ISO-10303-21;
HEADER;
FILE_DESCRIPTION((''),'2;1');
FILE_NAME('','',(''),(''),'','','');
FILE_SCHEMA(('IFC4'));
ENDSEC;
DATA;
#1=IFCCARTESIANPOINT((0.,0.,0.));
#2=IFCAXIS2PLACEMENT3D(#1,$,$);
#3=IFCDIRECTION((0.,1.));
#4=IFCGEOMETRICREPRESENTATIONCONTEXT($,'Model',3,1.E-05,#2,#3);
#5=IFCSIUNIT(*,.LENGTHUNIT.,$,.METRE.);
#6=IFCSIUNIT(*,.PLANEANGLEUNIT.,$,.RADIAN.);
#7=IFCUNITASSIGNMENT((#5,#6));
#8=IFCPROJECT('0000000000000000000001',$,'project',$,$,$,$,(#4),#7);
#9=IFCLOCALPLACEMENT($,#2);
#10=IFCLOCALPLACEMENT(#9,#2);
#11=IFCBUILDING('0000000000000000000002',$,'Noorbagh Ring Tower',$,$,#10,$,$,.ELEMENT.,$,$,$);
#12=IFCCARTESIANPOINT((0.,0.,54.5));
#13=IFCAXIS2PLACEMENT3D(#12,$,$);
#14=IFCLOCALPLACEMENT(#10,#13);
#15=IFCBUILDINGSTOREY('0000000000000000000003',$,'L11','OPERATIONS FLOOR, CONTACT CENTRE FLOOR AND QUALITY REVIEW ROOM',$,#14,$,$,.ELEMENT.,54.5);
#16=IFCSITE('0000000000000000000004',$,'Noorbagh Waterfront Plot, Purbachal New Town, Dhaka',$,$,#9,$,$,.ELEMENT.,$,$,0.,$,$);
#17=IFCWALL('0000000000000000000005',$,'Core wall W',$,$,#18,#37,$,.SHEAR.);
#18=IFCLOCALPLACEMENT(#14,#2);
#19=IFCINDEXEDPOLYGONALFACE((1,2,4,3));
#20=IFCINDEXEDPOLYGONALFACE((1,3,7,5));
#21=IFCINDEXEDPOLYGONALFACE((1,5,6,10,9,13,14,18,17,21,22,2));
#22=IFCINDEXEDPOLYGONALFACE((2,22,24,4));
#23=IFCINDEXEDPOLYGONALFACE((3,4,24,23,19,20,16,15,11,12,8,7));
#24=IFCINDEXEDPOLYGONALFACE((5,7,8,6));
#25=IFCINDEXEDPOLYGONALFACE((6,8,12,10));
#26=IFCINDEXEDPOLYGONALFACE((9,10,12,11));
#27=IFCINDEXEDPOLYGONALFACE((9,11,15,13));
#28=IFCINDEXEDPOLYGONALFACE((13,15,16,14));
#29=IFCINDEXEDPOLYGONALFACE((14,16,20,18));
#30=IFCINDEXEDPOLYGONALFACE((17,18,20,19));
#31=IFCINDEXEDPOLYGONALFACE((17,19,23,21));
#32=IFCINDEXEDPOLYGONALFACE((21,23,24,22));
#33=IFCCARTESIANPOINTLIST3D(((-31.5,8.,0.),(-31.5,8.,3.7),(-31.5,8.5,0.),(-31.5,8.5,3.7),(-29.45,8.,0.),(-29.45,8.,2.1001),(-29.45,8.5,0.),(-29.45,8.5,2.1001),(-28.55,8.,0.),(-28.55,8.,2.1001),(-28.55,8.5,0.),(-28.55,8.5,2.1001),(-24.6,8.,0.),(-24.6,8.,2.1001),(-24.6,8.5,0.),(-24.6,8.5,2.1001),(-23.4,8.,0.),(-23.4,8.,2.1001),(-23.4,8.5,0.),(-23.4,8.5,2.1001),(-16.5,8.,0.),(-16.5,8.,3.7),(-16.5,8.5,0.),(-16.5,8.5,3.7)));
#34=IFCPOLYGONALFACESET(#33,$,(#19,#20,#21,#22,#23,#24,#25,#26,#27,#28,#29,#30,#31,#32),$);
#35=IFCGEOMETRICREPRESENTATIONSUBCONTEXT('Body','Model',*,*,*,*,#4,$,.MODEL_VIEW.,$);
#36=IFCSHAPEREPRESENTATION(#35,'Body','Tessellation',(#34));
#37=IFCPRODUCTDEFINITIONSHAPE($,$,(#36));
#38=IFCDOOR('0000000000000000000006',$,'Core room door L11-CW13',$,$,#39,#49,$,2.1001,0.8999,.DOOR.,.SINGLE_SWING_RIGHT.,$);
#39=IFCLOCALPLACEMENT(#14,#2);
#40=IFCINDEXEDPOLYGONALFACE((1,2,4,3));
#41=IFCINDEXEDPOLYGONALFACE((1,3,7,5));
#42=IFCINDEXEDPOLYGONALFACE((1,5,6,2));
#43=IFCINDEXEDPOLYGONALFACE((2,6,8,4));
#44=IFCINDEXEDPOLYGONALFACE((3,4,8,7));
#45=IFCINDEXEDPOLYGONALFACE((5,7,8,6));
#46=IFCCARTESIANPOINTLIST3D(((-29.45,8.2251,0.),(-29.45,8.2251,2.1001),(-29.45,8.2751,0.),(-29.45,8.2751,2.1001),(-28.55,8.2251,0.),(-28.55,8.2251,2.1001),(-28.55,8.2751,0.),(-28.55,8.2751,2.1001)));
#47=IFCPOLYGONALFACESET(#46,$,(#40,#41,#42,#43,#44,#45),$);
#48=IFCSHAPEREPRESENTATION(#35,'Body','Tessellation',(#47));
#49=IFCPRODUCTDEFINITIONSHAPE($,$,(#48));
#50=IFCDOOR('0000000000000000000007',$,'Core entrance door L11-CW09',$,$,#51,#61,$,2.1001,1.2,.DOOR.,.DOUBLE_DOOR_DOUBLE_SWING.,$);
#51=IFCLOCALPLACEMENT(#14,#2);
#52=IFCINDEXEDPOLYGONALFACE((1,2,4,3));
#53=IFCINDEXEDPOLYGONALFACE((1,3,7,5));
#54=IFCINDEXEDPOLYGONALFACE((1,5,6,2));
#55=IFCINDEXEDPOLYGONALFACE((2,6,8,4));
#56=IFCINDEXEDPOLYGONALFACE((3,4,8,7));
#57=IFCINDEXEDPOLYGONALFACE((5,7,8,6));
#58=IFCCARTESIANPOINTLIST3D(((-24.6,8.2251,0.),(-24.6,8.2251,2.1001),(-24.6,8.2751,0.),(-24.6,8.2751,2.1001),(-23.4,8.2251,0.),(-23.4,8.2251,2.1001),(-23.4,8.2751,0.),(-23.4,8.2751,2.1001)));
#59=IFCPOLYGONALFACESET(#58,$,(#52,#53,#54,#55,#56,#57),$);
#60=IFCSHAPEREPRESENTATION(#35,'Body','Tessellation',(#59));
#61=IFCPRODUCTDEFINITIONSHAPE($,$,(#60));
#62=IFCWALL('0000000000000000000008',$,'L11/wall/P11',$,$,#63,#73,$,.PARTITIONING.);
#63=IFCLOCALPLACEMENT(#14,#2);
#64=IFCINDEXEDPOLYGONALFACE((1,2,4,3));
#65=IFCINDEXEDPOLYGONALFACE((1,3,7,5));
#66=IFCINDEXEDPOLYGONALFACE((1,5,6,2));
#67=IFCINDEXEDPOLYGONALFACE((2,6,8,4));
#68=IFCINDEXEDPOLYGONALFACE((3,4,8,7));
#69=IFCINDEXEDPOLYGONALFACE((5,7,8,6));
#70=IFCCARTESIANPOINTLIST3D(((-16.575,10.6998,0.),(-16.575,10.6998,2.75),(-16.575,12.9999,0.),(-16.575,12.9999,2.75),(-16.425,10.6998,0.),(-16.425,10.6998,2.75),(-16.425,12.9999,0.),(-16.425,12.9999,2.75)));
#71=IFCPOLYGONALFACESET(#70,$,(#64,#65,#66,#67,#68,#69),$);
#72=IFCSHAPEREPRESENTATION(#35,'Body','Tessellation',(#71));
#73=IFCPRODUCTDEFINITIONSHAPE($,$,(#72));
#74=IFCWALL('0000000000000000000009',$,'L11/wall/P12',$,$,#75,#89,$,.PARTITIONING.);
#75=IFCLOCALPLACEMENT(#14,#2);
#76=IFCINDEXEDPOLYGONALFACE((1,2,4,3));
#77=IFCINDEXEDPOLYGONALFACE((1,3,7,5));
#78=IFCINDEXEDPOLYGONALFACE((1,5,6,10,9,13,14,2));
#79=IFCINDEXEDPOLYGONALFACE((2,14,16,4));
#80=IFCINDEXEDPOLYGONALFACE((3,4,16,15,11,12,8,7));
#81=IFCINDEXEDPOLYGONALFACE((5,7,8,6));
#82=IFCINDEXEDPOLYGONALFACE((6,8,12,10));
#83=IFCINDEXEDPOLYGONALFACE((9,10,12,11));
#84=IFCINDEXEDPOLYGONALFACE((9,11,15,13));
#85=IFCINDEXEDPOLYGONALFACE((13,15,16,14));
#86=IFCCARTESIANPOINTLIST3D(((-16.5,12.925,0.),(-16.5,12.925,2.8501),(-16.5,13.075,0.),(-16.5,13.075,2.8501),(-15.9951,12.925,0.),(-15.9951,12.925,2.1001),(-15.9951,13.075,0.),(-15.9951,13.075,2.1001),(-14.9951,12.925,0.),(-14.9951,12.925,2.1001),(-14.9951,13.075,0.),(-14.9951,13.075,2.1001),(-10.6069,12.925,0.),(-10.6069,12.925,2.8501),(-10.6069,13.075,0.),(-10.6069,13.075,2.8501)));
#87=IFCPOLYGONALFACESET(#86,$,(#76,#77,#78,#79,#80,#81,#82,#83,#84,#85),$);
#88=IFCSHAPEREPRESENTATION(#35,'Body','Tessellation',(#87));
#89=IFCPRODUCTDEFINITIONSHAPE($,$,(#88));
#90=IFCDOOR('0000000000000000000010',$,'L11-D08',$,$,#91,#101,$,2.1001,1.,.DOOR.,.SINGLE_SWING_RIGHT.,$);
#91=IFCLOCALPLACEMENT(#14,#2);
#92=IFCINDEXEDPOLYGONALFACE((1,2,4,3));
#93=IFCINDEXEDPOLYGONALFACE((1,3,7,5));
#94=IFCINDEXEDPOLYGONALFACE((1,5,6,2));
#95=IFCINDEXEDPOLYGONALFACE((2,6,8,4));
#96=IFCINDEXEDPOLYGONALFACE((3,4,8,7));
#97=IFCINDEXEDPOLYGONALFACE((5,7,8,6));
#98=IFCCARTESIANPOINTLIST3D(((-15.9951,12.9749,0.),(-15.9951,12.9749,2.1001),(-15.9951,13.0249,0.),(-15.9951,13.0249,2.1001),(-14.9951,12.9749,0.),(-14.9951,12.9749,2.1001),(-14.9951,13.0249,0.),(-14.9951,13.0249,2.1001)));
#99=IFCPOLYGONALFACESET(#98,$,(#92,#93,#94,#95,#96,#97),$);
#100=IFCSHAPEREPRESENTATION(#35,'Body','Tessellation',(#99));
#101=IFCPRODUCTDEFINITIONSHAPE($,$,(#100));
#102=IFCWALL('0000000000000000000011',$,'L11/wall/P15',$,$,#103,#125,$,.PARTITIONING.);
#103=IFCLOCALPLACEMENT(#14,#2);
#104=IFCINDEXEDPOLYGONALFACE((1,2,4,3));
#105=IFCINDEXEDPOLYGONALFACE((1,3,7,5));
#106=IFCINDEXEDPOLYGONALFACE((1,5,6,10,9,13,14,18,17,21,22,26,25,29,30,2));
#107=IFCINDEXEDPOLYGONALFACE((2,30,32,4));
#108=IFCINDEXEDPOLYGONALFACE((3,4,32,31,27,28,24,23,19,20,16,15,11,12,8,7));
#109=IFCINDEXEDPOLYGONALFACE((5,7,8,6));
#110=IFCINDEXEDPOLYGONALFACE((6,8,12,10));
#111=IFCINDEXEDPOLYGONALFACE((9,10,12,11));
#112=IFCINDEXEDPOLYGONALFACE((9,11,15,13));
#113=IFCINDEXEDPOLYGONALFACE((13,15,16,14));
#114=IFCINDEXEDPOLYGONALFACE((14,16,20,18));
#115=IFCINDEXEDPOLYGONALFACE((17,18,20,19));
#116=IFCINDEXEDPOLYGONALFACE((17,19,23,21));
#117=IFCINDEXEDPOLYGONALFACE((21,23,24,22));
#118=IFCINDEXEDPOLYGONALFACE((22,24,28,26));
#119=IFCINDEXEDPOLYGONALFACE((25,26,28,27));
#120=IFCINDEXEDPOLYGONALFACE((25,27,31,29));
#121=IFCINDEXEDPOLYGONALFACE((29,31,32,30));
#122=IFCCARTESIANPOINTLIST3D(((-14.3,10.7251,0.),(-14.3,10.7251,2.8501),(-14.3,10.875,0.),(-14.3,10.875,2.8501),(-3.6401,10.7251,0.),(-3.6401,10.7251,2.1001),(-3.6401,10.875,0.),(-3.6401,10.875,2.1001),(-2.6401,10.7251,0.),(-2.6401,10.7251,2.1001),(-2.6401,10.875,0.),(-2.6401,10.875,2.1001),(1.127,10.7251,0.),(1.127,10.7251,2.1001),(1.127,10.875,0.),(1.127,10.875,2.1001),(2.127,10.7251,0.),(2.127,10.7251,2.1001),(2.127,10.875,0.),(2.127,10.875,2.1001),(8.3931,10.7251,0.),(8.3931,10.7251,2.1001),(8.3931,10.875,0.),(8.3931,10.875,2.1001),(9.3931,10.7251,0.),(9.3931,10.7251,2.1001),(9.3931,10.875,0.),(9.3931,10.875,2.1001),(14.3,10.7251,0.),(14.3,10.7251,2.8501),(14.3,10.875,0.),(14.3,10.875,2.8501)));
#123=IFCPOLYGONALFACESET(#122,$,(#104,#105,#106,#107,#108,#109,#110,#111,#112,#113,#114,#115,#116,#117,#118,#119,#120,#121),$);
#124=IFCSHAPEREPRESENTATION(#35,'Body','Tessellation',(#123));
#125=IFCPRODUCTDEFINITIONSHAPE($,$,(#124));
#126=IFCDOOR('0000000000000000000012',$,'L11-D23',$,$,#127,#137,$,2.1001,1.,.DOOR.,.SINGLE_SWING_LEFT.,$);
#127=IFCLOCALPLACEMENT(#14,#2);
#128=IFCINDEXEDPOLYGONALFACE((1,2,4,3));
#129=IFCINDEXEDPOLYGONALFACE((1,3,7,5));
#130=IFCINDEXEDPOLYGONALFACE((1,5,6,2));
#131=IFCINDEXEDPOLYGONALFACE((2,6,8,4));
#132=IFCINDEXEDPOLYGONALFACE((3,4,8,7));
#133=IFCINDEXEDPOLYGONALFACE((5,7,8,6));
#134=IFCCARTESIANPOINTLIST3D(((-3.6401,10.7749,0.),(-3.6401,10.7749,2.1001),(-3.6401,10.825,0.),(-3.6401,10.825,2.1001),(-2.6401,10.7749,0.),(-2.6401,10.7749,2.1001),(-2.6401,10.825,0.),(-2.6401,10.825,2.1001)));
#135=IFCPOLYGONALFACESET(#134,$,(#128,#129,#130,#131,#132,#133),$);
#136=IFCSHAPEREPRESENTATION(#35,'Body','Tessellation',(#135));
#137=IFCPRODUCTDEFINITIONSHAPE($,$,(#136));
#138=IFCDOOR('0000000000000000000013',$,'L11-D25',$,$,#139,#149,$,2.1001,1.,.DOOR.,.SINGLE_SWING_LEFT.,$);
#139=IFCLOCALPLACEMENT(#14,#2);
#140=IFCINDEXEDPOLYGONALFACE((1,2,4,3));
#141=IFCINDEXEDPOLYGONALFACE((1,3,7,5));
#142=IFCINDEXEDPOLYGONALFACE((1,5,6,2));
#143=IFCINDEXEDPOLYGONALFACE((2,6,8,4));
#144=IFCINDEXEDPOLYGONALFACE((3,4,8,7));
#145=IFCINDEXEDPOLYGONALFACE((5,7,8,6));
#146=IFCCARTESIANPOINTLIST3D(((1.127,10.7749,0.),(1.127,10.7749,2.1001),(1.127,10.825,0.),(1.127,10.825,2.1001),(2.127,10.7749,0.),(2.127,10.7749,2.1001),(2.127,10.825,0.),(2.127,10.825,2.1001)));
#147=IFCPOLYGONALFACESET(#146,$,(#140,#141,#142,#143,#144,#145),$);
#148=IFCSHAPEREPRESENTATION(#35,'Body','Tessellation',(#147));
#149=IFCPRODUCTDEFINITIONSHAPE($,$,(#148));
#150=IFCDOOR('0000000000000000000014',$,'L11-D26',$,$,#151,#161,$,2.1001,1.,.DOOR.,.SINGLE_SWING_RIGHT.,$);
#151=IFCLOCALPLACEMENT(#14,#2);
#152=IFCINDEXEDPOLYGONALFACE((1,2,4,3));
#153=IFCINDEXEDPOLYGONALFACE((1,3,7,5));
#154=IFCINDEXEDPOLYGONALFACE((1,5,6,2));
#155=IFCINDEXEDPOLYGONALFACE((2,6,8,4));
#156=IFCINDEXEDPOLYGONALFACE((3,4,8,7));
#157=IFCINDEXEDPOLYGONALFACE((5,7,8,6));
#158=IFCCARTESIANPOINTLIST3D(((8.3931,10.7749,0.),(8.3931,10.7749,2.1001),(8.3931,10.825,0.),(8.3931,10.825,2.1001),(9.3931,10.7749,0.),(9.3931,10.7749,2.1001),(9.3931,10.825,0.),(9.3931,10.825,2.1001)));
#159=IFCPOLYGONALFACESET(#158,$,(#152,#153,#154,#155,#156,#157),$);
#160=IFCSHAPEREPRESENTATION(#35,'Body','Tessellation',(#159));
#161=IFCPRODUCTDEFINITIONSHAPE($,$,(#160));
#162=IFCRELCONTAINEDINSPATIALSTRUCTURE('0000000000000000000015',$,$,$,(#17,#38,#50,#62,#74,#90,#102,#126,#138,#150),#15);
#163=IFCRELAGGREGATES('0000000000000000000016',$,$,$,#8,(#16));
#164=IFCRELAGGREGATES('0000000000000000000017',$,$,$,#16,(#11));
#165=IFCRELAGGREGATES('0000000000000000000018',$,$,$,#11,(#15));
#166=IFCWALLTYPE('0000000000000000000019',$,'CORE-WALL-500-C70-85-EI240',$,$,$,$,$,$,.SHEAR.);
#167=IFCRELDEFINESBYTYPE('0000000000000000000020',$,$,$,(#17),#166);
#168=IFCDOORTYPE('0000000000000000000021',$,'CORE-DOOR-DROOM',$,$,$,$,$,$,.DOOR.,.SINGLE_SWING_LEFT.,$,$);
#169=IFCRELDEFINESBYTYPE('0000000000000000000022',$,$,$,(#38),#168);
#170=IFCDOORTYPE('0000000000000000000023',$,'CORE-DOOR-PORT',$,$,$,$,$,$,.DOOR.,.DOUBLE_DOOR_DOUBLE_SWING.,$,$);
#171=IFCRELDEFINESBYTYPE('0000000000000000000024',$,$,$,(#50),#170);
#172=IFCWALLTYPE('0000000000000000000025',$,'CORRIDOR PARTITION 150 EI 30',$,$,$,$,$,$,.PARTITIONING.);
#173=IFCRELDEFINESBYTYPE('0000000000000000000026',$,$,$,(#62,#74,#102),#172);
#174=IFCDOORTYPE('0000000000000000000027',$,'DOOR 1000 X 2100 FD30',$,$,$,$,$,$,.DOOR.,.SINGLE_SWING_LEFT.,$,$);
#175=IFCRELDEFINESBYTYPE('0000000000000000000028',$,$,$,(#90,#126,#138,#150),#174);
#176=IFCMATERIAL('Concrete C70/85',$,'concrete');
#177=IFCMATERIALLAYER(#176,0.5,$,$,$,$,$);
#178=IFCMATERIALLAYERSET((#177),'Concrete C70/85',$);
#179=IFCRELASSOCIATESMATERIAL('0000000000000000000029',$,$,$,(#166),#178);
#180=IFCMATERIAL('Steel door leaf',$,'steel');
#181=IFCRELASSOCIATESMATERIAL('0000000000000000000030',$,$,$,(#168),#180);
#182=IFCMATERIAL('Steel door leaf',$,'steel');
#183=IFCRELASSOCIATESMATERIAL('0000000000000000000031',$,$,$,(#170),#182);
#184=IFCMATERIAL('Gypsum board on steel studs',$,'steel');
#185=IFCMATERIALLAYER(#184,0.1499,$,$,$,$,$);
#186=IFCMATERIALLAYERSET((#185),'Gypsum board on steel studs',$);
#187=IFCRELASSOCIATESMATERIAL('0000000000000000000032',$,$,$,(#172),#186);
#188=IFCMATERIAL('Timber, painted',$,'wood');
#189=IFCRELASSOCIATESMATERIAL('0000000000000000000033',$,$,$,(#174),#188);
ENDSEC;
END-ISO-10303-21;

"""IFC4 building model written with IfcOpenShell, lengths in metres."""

from ifc_helpers import new_model, si_unit, direction, frame, frame_2d, origin, place, context, subcontext, project, spatial, rectangle, extrude, material, layer, layer_set, type_object, element, fill, save


model = new_model("IFC4")

# Units and contexts
model_context = context("Model", 3, precision=1e-05, world=origin(), true_north=direction((0.0, 1.0)))
body_context = subcontext(model_context, "Body", "Model", "MODEL_VIEW")
ifc_project = project(units=[si_unit("LENGTHUNIT", "METRE"), si_unit("PLANEANGLEUNIT", "RADIAN")], contexts=[model_context])

# Site, building, storey
site_placement = place(None, origin())
site = spatial("IfcSite", under=ifc_project, at=site_placement, Name="Noorbagh Waterfront Plot, Purbachal New Town, Dhaka", CompositionType="ELEMENT", RefElevation=0.0)
building_placement = place(site_placement, origin())
building = spatial("IfcBuilding", under=site, at=building_placement, Name="Noorbagh Ring Tower", CompositionType="ELEMENT")
storey_placement = place(building_placement, frame((0.0, 0.0, 54.5)))
storey = spatial("IfcBuildingStorey", under=building, at=storey_placement, Name="L11", Description="OPERATIONS FLOOR, CONTACT CENTRE FLOOR AND QUALITY REVIEW ROOM", CompositionType="ELEMENT", Elevation=54.5)

# Wall, openings, doors
ifc_material_1 = material(Name="Concrete C70/85", Category="concrete")
ifc_layer_1 = layer(ifc_material_1, 0.5)
ifc_layer_set_1 = layer_set([ifc_layer_1], Name="Concrete C70/85")
wall_type_1 = type_object("IfcWallType", Name="CORE-WALL-500-C70-85-EI240", PredefinedType="SHEAR", material=ifc_layer_set_1)
wall_1_placement = place(storey_placement, frame((-16.5, 8.25, 0.0), z_axis=(0.0, 0.0, 1.0), x_axis=(-1.0, 0.0, 0.0)))
wall_1 = element("IfcWall", 1, at=wall_1_placement, inside=storey, type_object=wall_type_1, Name="Core wall W", PredefinedType="SHEAR", context=body_context, shape_type="SweptSolid", body=[
    extrude(rectangle(XDim=15.0, YDim=0.5, at=frame_2d((7.5, 0.0))), origin(), (0.0, 0.0, 1.0), 3.7),
])
opening_1_placement = place(wall_1_placement, frame((6.8999, 0.0, 0.0)))
opening_1 = element("IfcOpeningElement", 2, at=opening_1_placement, cuts=wall_1, PredefinedType="OPENING", context=body_context, shape_type="SweptSolid", body=[
    extrude(rectangle(XDim=1.2, YDim=2.1001, at=frame_2d((0.6001, 1.05))), frame((0.0, 0.26, 0.0), z_axis=(0.0, -1.0, 0.0), x_axis=(1.0, 0.0, 0.0)), (0.0, 0.0, 1.0), 0.52),
])
opening_2_placement = place(wall_1_placement, frame((12.05, 0.0, 0.0)))
opening_2 = element("IfcOpeningElement", 3, at=opening_2_placement, cuts=wall_1, PredefinedType="OPENING", context=body_context, shape_type="SweptSolid", body=[
    extrude(rectangle(XDim=0.8999, YDim=2.1001, at=frame_2d((0.45, 1.05))), frame((0.0, 0.26, 0.0), z_axis=(0.0, -1.0, 0.0), x_axis=(1.0, 0.0, 0.0)), (0.0, 0.0, 1.0), 0.52),
])
ifc_material_2 = material(Name="Steel door leaf", Category="steel")
door_type_1 = type_object("IfcDoorType", Name="CORE-DOOR-DROOM", OperationType="SINGLE_SWING_LEFT", PredefinedType="DOOR", material=ifc_material_2)
door_1_placement = place(opening_2_placement, origin())
door_1 = element("IfcDoor", 4, at=door_1_placement, inside=storey, type_object=door_type_1, Name="Core room door L11-CW13", OperationType="SINGLE_SWING_RIGHT", OverallHeight=2.1001, OverallWidth=0.8999, PredefinedType="DOOR", context=body_context, shape_type="SweptSolid", body=[
    extrude(rectangle(XDim=0.8999, YDim=2.1001, at=frame_2d((0.45, 1.05))), frame((0.0, 0.0249, 0.0), z_axis=(0.0, -1.0, 0.0), x_axis=(1.0, 0.0, 0.0)), (0.0, 0.0, 1.0), 0.05),
])
fill(opening_2, door_1)
ifc_material_3 = material(Name="Steel door leaf", Category="steel")
door_type_2 = type_object("IfcDoorType", Name="CORE-DOOR-PORT", OperationType="DOUBLE_DOOR_DOUBLE_SWING", PredefinedType="DOOR", material=ifc_material_3)
door_2_placement = place(opening_1_placement, origin())
door_2 = element("IfcDoor", 5, at=door_2_placement, inside=storey, type_object=door_type_2, Name="Core entrance door L11-CW09", OperationType="DOUBLE_DOOR_DOUBLE_SWING", OverallHeight=2.1001, OverallWidth=1.2, PredefinedType="DOOR", context=body_context, shape_type="SweptSolid", body=[
    extrude(rectangle(XDim=1.2, YDim=2.1001, at=frame_2d((0.6001, 1.05))), frame((0.0, 0.0249, 0.0), z_axis=(0.0, -1.0, 0.0), x_axis=(1.0, 0.0, 0.0)), (0.0, 0.0, 1.0), 0.05),
])
fill(opening_1, door_2)

# Wall
ifc_material_4 = material(Name="Gypsum board on steel studs", Category="steel")
ifc_layer_2 = layer(ifc_material_4, 0.1499)
ifc_layer_set_2 = layer_set([ifc_layer_2], Name="Gypsum board on steel studs")
wall_type_2 = type_object("IfcWallType", Name="CORRIDOR PARTITION 150 EI 30", PredefinedType="PARTITIONING", material=ifc_layer_set_2)
wall_2_placement = place(storey_placement, frame((-16.5, 10.7, 0.0), z_axis=(0.0, 0.0, 1.0), x_axis=(0.0, 1.0, 0.0)))
element("IfcWall", 6, at=wall_2_placement, inside=storey, type_object=wall_type_2, Name="L11/wall/P11", PredefinedType="PARTITIONING", context=body_context, shape_type="SweptSolid", body=[
    extrude(rectangle(XDim=2.3, YDim=0.1499, at=frame_2d((1.1499, 0.0))), origin(), (0.0, 0.0, 1.0), 2.75),
])

# Wall, opening, door
wall_3_placement = place(storey_placement, frame((-16.5, 13.0, 0.0), z_axis=(0.0, 0.0, 1.0), x_axis=(1.0, 0.0, 0.0)))
wall_3 = element("IfcWall", 7, at=wall_3_placement, inside=storey, type_object=wall_type_2, Name="L11/wall/P12", PredefinedType="PARTITIONING", context=body_context, shape_type="SweptSolid", body=[
    extrude(rectangle(XDim=5.8931, YDim=0.1499, at=frame_2d((2.9465, 0.0))), origin(), (0.0, 0.0, 1.0), 2.8501),
])
opening_3_placement = place(wall_3_placement, frame((0.5049, 0.0, 0.0)))
opening_3 = element("IfcOpeningElement", 8, at=opening_3_placement, cuts=wall_3, PredefinedType="OPENING", context=body_context, shape_type="SweptSolid", body=[
    extrude(rectangle(XDim=1.0, YDim=2.1001, at=frame_2d((0.5, 1.05))), frame((0.0, 0.085, 0.0), z_axis=(0.0, -1.0, 0.0), x_axis=(1.0, 0.0, 0.0)), (0.0, 0.0, 1.0), 0.1699),
])
ifc_material_5 = material(Name="Timber, painted", Category="wood")
door_type_3 = type_object("IfcDoorType", Name="DOOR 1000 X 2100 FD30", OperationType="SINGLE_SWING_LEFT", PredefinedType="DOOR", material=ifc_material_5)
door_3_placement = place(opening_3_placement, origin())
door_3 = element("IfcDoor", 9, at=door_3_placement, inside=storey, type_object=door_type_3, Name="L11-D08", OperationType="SINGLE_SWING_RIGHT", OverallHeight=2.1001, OverallWidth=1.0, PredefinedType="DOOR", context=body_context, shape_type="SweptSolid", body=[
    extrude(rectangle(XDim=1.0, YDim=2.1001, at=frame_2d((0.5, 1.05))), frame((0.0, 0.0249, 0.0), z_axis=(0.0, -1.0, 0.0), x_axis=(1.0, 0.0, 0.0)), (0.0, 0.0, 1.0), 0.05),
])
fill(opening_3, door_3)

# Wall, openings, doors
wall_4_placement = place(storey_placement, frame((-14.3, 10.8, 0.0), z_axis=(0.0, 0.0, 1.0), x_axis=(1.0, 0.0, 0.0)))
wall_4 = element("IfcWall", 10, at=wall_4_placement, inside=storey, type_object=wall_type_2, Name="L11/wall/P15", PredefinedType="PARTITIONING", context=body_context, shape_type="SweptSolid", body=[
    extrude(rectangle(XDim=28.6001, YDim=0.1499, at=frame_2d((14.3, 0.0))), origin(), (0.0, 0.0, 1.0), 2.8501),
])
opening_4_placement = place(wall_4_placement, frame((10.6599, 0.0, 0.0)))
opening_4 = element("IfcOpeningElement", 11, at=opening_4_placement, cuts=wall_4, PredefinedType="OPENING", context=body_context, shape_type="SweptSolid", body=[
    extrude(rectangle(XDim=1.0, YDim=2.1001, at=frame_2d((0.5, 1.05))), frame((0.0, 0.085, 0.0), z_axis=(0.0, -1.0, 0.0), x_axis=(1.0, 0.0, 0.0)), (0.0, 0.0, 1.0), 0.1699),
])
opening_5_placement = place(wall_4_placement, frame((15.427, 0.0, 0.0)))
opening_5 = element("IfcOpeningElement", 12, at=opening_5_placement, cuts=wall_4, PredefinedType="OPENING", context=body_context, shape_type="SweptSolid", body=[
    extrude(rectangle(XDim=1.0, YDim=2.1001, at=frame_2d((0.5, 1.05))), frame((0.0, 0.085, 0.0), z_axis=(0.0, -1.0, 0.0), x_axis=(1.0, 0.0, 0.0)), (0.0, 0.0, 1.0), 0.1699),
])
opening_6_placement = place(wall_4_placement, frame((22.6931, 0.0, 0.0)))
opening_6 = element("IfcOpeningElement", 13, at=opening_6_placement, cuts=wall_4, PredefinedType="OPENING", context=body_context, shape_type="SweptSolid", body=[
    extrude(rectangle(XDim=1.0, YDim=2.1001, at=frame_2d((0.5, 1.05))), frame((0.0, 0.085, 0.0), z_axis=(0.0, -1.0, 0.0), x_axis=(1.0, 0.0, 0.0)), (0.0, 0.0, 1.0), 0.1699),
])
door_4_placement = place(opening_4_placement, origin())
door_4 = element("IfcDoor", 14, at=door_4_placement, inside=storey, type_object=door_type_3, Name="L11-D23", OperationType="SINGLE_SWING_LEFT", OverallHeight=2.1001, OverallWidth=1.0, PredefinedType="DOOR", context=body_context, shape_type="SweptSolid", body=[
    extrude(rectangle(XDim=1.0, YDim=2.1001, at=frame_2d((0.5, 1.05))), frame((0.0, 0.0249, 0.0), z_axis=(0.0, -1.0, 0.0), x_axis=(1.0, 0.0, 0.0)), (0.0, 0.0, 1.0), 0.05),
])
fill(opening_4, door_4)
door_5_placement = place(opening_5_placement, origin())
door_5 = element("IfcDoor", 15, at=door_5_placement, inside=storey, type_object=door_type_3, Name="L11-D25", OperationType="SINGLE_SWING_LEFT", OverallHeight=2.1001, OverallWidth=1.0, PredefinedType="DOOR", context=body_context, shape_type="SweptSolid", body=[
    extrude(rectangle(XDim=1.0, YDim=2.1001, at=frame_2d((0.5, 1.05))), frame((0.0, 0.0249, 0.0), z_axis=(0.0, -1.0, 0.0), x_axis=(1.0, 0.0, 0.0)), (0.0, 0.0, 1.0), 0.05),
])
fill(opening_5, door_5)
door_6_placement = place(opening_6_placement, origin())
door_6 = element("IfcDoor", 16, at=door_6_placement, inside=storey, type_object=door_type_3, Name="L11-D26", OperationType="SINGLE_SWING_RIGHT", OverallHeight=2.1001, OverallWidth=1.0, PredefinedType="DOOR", context=body_context, shape_type="SweptSolid", body=[
    extrude(rectangle(XDim=1.0, YDim=2.1001, at=frame_2d((0.5, 1.05))), frame((0.0, 0.0249, 0.0), z_axis=(0.0, -1.0, 0.0), x_axis=(1.0, 0.0, 0.0)), (0.0, 0.0, 1.0), 0.05),
])
fill(opening_6, door_6)

save(model, "model.ifc")
